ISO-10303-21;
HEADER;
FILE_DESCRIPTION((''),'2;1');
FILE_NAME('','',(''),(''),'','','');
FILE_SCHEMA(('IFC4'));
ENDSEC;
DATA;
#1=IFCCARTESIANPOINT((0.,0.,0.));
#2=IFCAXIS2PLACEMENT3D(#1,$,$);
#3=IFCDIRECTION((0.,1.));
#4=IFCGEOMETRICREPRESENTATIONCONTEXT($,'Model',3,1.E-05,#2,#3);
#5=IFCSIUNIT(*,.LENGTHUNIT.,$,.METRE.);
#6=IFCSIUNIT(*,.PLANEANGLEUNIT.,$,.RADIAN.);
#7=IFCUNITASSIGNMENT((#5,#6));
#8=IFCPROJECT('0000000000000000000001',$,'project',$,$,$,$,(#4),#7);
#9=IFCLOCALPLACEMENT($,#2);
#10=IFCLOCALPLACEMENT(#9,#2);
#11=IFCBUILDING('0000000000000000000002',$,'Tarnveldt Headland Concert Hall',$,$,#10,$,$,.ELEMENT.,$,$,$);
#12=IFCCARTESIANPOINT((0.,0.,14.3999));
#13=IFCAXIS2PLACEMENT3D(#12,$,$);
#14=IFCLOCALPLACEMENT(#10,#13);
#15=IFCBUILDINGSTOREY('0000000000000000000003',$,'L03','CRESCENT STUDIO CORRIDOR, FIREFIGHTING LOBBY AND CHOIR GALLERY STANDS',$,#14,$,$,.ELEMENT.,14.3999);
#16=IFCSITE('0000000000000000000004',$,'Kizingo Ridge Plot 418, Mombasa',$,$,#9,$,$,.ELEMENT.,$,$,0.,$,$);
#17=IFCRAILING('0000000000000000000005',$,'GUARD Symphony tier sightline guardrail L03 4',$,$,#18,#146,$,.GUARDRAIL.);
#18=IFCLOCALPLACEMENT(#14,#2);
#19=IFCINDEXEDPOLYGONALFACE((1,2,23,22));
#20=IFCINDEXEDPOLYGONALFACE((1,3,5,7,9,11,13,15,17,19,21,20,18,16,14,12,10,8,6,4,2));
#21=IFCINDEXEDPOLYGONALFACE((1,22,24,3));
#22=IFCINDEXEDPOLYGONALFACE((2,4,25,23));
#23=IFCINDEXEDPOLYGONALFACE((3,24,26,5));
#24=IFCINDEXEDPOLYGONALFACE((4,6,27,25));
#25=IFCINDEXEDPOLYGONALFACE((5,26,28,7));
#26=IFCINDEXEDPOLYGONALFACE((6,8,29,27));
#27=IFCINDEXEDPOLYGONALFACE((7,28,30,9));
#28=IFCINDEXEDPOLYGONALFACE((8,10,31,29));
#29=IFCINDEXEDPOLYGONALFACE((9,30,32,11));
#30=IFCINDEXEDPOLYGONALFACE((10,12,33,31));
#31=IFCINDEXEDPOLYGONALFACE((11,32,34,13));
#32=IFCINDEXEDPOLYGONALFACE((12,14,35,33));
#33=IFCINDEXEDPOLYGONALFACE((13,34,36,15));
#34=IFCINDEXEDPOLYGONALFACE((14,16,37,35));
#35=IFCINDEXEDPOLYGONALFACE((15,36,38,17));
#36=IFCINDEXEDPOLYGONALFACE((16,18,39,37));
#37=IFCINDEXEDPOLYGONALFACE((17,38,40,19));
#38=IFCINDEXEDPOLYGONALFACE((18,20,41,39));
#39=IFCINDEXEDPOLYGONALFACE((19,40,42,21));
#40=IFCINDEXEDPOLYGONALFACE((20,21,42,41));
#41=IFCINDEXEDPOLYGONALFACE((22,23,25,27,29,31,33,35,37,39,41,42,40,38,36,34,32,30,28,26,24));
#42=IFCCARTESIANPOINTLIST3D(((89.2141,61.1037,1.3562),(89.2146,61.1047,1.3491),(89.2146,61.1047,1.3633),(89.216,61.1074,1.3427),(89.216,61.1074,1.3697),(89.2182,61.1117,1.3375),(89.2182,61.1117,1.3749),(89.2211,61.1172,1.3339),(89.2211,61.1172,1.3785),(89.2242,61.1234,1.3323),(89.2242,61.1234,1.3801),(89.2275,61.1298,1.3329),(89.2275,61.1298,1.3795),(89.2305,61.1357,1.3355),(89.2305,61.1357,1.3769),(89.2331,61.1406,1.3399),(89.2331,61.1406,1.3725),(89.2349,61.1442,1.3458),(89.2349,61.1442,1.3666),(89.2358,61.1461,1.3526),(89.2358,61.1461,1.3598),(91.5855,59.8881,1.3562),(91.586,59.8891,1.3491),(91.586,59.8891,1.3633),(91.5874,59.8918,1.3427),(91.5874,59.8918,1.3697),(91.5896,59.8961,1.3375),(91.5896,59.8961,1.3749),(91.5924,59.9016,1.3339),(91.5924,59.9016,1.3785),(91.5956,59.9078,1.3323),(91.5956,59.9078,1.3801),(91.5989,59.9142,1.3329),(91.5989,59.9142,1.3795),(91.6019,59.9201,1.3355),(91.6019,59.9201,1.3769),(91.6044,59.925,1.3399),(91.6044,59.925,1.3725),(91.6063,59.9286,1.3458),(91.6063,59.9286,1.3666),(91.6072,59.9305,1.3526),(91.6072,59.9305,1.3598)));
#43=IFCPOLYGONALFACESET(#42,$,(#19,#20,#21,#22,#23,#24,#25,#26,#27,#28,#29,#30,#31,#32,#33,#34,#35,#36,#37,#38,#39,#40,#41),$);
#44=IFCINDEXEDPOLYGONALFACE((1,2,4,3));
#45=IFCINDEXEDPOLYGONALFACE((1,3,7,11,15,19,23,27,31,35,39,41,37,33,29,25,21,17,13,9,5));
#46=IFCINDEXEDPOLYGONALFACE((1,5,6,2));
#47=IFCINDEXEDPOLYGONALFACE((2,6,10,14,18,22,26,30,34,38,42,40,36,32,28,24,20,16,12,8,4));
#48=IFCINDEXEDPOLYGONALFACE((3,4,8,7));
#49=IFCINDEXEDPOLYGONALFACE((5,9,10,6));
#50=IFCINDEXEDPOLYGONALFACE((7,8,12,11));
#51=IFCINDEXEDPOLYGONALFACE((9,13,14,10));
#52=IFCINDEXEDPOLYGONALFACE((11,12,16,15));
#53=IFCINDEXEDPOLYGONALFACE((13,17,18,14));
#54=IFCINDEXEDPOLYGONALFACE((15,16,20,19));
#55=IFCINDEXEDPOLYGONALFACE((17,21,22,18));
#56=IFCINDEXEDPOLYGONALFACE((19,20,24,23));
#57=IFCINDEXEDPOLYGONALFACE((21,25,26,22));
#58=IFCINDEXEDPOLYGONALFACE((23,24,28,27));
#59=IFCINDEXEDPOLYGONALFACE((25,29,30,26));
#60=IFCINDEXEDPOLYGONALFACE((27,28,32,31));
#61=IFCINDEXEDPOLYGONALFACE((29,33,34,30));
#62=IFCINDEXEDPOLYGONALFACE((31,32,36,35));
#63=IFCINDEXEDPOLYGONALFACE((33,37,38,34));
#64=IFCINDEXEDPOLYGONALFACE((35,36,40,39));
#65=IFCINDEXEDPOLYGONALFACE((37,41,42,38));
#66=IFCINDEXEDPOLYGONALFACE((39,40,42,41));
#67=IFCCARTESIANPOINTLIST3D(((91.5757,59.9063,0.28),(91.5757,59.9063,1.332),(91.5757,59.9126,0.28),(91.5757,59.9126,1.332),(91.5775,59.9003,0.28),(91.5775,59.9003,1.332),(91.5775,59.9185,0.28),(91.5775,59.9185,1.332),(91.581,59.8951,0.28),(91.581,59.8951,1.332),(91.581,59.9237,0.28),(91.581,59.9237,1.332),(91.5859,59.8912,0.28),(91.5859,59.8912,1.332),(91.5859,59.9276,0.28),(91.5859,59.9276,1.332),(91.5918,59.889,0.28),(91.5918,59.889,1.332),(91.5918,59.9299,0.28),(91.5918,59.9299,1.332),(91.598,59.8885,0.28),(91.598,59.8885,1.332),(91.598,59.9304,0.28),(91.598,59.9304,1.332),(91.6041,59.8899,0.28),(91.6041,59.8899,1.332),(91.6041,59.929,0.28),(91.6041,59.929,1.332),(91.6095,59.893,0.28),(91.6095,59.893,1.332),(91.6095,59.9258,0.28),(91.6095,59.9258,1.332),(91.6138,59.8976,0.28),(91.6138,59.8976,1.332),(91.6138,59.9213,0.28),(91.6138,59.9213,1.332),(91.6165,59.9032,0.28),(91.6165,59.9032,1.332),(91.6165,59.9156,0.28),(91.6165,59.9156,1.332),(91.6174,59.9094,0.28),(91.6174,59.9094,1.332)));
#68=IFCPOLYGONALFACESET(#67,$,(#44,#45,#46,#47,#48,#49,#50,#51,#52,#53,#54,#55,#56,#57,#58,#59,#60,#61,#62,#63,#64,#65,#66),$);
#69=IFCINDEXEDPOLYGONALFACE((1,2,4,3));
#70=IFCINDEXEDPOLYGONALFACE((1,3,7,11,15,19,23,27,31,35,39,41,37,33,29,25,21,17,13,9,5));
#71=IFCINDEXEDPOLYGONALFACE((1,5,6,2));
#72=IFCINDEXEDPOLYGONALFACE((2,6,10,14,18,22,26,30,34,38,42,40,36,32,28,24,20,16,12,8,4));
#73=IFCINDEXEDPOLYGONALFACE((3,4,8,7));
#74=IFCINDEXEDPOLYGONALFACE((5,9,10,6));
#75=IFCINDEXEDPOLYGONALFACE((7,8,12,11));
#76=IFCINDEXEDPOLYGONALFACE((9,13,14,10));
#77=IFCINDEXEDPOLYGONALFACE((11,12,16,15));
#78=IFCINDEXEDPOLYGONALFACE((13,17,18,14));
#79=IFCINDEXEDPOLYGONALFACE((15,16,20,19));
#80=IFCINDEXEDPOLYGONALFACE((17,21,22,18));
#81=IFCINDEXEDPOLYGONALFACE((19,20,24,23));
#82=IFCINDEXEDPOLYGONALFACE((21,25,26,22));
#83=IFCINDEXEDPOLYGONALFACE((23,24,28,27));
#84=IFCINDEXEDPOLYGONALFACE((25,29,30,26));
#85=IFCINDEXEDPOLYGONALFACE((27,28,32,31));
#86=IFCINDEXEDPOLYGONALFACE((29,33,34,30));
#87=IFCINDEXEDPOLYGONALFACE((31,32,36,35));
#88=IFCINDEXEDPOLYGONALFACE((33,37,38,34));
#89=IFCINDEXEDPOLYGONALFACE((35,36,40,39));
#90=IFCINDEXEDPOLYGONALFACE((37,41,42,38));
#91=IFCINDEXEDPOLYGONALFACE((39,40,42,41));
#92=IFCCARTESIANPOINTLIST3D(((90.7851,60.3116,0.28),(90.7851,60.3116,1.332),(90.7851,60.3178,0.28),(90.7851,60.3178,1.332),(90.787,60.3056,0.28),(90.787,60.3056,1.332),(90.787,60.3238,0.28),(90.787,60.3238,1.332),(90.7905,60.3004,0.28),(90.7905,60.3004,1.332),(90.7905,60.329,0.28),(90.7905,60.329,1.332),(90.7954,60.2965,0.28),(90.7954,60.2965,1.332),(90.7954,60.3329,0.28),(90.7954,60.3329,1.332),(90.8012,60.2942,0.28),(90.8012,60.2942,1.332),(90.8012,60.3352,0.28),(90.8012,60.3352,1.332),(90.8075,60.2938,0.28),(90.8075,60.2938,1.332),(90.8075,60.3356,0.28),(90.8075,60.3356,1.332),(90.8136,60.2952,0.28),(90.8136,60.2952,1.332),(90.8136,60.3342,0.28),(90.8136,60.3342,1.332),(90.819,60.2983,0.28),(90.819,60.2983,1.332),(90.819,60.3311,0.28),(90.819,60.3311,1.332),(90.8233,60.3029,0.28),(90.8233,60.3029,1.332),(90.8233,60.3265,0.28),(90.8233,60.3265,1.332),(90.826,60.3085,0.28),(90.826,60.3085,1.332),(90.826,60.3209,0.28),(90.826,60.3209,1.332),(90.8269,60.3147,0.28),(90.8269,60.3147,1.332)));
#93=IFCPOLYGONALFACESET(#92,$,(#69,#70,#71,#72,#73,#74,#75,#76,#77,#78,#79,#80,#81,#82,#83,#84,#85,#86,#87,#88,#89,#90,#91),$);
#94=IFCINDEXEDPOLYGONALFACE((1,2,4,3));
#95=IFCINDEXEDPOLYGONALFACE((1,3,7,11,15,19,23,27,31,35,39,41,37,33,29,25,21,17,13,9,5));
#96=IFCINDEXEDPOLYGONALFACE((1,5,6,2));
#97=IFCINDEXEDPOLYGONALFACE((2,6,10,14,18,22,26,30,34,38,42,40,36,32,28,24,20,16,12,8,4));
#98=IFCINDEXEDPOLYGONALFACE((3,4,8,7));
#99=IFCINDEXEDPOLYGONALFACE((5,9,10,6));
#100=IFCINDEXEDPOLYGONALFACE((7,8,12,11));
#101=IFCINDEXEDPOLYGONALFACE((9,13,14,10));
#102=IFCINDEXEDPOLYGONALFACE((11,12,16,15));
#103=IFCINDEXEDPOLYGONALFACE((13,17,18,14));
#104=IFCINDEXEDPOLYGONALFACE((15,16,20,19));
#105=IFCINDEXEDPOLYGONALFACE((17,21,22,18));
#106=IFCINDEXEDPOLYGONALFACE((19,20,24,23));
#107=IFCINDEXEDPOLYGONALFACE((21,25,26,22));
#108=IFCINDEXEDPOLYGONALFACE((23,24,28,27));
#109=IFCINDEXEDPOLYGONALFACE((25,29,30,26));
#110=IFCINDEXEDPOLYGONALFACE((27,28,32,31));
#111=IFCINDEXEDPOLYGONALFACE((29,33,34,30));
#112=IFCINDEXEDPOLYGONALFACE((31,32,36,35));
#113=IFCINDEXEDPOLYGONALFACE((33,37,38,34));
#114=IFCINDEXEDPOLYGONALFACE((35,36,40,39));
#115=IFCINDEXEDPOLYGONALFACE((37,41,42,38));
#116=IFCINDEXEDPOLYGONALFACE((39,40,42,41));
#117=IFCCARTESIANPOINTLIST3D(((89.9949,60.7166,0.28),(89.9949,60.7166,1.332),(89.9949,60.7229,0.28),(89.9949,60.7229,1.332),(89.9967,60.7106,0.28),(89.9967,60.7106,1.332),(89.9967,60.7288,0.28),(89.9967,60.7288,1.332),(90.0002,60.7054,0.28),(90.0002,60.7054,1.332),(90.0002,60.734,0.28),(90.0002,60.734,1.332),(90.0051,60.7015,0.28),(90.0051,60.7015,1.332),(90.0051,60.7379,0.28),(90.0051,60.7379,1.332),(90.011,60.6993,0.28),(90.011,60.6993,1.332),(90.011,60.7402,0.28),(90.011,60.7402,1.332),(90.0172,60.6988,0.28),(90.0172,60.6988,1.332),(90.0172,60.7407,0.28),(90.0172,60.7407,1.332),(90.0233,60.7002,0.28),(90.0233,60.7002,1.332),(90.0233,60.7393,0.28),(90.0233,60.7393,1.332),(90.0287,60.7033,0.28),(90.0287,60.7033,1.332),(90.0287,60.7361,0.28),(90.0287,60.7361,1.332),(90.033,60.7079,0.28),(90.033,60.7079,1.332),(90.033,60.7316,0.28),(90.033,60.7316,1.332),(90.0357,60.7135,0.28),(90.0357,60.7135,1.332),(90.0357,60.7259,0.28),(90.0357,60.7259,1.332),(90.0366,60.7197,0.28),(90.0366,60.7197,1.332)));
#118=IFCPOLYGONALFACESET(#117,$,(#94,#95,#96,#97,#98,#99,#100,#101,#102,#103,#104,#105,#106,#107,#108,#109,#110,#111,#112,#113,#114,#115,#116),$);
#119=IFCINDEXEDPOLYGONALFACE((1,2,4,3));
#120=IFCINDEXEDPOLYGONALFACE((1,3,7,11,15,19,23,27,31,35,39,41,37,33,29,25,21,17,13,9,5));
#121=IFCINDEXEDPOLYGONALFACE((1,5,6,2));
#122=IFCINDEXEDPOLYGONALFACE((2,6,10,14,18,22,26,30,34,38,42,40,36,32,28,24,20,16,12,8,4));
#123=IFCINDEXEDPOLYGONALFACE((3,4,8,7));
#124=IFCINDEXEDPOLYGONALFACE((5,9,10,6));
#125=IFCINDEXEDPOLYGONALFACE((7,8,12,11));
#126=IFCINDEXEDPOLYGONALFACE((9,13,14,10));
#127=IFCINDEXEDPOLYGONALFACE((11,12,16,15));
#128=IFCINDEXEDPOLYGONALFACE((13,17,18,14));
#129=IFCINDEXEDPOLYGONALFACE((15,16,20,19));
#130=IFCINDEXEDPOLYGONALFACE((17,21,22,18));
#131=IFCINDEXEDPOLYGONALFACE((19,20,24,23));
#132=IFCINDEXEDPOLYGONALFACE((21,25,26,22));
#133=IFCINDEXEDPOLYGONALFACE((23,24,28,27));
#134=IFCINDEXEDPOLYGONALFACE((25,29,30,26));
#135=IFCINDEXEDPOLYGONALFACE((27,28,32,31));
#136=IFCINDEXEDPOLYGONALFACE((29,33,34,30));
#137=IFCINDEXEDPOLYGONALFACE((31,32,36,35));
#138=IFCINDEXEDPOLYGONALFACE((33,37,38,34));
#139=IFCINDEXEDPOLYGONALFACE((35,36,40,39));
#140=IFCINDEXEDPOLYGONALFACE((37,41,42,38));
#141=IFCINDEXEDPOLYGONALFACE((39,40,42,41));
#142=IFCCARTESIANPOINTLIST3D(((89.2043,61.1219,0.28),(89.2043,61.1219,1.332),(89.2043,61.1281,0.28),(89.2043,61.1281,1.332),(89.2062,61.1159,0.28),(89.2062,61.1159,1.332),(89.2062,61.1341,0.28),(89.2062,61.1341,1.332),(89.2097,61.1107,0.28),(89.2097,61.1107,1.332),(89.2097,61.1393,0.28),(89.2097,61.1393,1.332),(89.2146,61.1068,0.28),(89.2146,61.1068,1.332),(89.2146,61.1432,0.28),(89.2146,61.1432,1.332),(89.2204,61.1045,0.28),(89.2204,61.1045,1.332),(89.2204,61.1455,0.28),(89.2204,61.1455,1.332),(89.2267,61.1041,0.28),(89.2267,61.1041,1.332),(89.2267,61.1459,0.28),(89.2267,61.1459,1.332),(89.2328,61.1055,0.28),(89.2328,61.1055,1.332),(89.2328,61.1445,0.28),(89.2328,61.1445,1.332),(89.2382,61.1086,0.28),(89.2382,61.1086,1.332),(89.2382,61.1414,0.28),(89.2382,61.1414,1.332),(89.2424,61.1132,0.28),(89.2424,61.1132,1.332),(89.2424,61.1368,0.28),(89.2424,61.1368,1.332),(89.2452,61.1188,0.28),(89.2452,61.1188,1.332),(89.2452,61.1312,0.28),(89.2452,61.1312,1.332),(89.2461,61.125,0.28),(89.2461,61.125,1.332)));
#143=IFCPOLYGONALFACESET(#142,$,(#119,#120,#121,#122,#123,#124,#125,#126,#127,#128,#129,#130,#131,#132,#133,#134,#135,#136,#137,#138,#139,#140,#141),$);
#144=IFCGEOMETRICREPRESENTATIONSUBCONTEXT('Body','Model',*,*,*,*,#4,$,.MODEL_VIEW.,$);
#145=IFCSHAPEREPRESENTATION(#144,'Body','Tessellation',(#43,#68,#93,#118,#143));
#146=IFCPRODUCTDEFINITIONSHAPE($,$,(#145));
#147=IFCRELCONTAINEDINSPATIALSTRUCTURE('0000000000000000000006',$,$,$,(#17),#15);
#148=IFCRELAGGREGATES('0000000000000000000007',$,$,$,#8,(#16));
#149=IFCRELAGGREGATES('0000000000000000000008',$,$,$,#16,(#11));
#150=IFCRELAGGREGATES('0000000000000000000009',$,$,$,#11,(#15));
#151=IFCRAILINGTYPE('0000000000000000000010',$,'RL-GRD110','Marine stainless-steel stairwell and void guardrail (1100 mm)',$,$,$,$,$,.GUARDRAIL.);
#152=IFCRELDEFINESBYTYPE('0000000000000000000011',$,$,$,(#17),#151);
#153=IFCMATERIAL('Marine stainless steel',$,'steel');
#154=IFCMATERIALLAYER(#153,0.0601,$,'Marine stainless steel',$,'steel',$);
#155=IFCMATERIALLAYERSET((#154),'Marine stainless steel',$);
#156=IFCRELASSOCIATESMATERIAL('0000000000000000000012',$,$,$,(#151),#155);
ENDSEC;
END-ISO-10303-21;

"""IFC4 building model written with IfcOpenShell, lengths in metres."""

from ifc_helpers import new_model, si_unit, direction, frame, origin, origin_2d, place, context, subcontext, project, spatial, circle, extrude, material, layer, layer_set, type_object, element, save


model = new_model("IFC4")

# Units and contexts
model_context = context("Model", 3, precision=1e-05, world=origin(), true_north=direction((0.0, 1.0)))
body_context = subcontext(model_context, "Body", "Model", "MODEL_VIEW")
ifc_project = project(units=[si_unit("LENGTHUNIT", "METRE"), si_unit("PLANEANGLEUNIT", "RADIAN")], contexts=[model_context])

# Site, building, storey
site_placement = place(None, origin())
site = spatial("IfcSite", under=ifc_project, at=site_placement, Name="Kizingo Ridge Plot 418, Mombasa", CompositionType="ELEMENT", RefElevation=0.0)
building_placement = place(site_placement, origin())
building = spatial("IfcBuilding", under=site, at=building_placement, Name="Tarnveldt Headland Concert Hall", CompositionType="ELEMENT")
storey_placement = place(building_placement, frame((0.0, 0.0, 14.3999)))
storey = spatial("IfcBuildingStorey", under=building, at=storey_placement, Name="L03", Description="CRESCENT STUDIO CORRIDOR, FIREFIGHTING LOBBY AND CHOIR GALLERY STANDS", CompositionType="ELEMENT", Elevation=14.3999)

# Railing
ifc_material_1 = material(Name="Marine stainless steel", Category="steel")
ifc_layer_1 = layer(ifc_material_1, 0.0601, Name="Marine stainless steel", Category="steel")
ifc_layer_set_1 = layer_set([ifc_layer_1], Name="Marine stainless steel")
railing_type = type_object("IfcRailingType", Name="RL-GRD110", Description="Marine stainless-steel stairwell and void guardrail (1100 mm)", PredefinedType="GUARDRAIL", material=ifc_layer_set_1)
railing_1_placement = place(storey_placement, frame((91.5964, 59.9094, 0.28)))
element("IfcRailing", 1, at=railing_1_placement, inside=storey, type_object=railing_type, Name="GUARD Symphony tier sightline guardrail L03 4", PredefinedType="GUARDRAIL", context=body_context, shape_type="SweptSolid", body=[
    extrude(circle(Radius=0.0239, at=origin_2d()), frame((0.0, 0.0, 1.0762), z_axis=(-0.889893, 0.45617, 0.0), x_axis=(-0.45617, -0.889893, 0.0)), (0.0, 0.0, 1.0), 2.6648),
    extrude(circle(Radius=0.021, at=origin_2d()), origin(), (0.0, 0.0, 1.0), 1.052),
    extrude(circle(Radius=0.021, at=origin_2d()), frame((-0.7905, 0.4053, 0.0)), (0.0, 0.0, 1.0), 1.052),
    extrude(circle(Radius=0.021, at=origin_2d()), frame((-1.5808, 0.8103, 0.0)), (0.0, 0.0, 1.0), 1.052),
    extrude(circle(Radius=0.021, at=origin_2d()), frame((-2.3713, 1.2156, 0.0)), (0.0, 0.0, 1.0), 1.052),
])

save(model, "model.ifc")
